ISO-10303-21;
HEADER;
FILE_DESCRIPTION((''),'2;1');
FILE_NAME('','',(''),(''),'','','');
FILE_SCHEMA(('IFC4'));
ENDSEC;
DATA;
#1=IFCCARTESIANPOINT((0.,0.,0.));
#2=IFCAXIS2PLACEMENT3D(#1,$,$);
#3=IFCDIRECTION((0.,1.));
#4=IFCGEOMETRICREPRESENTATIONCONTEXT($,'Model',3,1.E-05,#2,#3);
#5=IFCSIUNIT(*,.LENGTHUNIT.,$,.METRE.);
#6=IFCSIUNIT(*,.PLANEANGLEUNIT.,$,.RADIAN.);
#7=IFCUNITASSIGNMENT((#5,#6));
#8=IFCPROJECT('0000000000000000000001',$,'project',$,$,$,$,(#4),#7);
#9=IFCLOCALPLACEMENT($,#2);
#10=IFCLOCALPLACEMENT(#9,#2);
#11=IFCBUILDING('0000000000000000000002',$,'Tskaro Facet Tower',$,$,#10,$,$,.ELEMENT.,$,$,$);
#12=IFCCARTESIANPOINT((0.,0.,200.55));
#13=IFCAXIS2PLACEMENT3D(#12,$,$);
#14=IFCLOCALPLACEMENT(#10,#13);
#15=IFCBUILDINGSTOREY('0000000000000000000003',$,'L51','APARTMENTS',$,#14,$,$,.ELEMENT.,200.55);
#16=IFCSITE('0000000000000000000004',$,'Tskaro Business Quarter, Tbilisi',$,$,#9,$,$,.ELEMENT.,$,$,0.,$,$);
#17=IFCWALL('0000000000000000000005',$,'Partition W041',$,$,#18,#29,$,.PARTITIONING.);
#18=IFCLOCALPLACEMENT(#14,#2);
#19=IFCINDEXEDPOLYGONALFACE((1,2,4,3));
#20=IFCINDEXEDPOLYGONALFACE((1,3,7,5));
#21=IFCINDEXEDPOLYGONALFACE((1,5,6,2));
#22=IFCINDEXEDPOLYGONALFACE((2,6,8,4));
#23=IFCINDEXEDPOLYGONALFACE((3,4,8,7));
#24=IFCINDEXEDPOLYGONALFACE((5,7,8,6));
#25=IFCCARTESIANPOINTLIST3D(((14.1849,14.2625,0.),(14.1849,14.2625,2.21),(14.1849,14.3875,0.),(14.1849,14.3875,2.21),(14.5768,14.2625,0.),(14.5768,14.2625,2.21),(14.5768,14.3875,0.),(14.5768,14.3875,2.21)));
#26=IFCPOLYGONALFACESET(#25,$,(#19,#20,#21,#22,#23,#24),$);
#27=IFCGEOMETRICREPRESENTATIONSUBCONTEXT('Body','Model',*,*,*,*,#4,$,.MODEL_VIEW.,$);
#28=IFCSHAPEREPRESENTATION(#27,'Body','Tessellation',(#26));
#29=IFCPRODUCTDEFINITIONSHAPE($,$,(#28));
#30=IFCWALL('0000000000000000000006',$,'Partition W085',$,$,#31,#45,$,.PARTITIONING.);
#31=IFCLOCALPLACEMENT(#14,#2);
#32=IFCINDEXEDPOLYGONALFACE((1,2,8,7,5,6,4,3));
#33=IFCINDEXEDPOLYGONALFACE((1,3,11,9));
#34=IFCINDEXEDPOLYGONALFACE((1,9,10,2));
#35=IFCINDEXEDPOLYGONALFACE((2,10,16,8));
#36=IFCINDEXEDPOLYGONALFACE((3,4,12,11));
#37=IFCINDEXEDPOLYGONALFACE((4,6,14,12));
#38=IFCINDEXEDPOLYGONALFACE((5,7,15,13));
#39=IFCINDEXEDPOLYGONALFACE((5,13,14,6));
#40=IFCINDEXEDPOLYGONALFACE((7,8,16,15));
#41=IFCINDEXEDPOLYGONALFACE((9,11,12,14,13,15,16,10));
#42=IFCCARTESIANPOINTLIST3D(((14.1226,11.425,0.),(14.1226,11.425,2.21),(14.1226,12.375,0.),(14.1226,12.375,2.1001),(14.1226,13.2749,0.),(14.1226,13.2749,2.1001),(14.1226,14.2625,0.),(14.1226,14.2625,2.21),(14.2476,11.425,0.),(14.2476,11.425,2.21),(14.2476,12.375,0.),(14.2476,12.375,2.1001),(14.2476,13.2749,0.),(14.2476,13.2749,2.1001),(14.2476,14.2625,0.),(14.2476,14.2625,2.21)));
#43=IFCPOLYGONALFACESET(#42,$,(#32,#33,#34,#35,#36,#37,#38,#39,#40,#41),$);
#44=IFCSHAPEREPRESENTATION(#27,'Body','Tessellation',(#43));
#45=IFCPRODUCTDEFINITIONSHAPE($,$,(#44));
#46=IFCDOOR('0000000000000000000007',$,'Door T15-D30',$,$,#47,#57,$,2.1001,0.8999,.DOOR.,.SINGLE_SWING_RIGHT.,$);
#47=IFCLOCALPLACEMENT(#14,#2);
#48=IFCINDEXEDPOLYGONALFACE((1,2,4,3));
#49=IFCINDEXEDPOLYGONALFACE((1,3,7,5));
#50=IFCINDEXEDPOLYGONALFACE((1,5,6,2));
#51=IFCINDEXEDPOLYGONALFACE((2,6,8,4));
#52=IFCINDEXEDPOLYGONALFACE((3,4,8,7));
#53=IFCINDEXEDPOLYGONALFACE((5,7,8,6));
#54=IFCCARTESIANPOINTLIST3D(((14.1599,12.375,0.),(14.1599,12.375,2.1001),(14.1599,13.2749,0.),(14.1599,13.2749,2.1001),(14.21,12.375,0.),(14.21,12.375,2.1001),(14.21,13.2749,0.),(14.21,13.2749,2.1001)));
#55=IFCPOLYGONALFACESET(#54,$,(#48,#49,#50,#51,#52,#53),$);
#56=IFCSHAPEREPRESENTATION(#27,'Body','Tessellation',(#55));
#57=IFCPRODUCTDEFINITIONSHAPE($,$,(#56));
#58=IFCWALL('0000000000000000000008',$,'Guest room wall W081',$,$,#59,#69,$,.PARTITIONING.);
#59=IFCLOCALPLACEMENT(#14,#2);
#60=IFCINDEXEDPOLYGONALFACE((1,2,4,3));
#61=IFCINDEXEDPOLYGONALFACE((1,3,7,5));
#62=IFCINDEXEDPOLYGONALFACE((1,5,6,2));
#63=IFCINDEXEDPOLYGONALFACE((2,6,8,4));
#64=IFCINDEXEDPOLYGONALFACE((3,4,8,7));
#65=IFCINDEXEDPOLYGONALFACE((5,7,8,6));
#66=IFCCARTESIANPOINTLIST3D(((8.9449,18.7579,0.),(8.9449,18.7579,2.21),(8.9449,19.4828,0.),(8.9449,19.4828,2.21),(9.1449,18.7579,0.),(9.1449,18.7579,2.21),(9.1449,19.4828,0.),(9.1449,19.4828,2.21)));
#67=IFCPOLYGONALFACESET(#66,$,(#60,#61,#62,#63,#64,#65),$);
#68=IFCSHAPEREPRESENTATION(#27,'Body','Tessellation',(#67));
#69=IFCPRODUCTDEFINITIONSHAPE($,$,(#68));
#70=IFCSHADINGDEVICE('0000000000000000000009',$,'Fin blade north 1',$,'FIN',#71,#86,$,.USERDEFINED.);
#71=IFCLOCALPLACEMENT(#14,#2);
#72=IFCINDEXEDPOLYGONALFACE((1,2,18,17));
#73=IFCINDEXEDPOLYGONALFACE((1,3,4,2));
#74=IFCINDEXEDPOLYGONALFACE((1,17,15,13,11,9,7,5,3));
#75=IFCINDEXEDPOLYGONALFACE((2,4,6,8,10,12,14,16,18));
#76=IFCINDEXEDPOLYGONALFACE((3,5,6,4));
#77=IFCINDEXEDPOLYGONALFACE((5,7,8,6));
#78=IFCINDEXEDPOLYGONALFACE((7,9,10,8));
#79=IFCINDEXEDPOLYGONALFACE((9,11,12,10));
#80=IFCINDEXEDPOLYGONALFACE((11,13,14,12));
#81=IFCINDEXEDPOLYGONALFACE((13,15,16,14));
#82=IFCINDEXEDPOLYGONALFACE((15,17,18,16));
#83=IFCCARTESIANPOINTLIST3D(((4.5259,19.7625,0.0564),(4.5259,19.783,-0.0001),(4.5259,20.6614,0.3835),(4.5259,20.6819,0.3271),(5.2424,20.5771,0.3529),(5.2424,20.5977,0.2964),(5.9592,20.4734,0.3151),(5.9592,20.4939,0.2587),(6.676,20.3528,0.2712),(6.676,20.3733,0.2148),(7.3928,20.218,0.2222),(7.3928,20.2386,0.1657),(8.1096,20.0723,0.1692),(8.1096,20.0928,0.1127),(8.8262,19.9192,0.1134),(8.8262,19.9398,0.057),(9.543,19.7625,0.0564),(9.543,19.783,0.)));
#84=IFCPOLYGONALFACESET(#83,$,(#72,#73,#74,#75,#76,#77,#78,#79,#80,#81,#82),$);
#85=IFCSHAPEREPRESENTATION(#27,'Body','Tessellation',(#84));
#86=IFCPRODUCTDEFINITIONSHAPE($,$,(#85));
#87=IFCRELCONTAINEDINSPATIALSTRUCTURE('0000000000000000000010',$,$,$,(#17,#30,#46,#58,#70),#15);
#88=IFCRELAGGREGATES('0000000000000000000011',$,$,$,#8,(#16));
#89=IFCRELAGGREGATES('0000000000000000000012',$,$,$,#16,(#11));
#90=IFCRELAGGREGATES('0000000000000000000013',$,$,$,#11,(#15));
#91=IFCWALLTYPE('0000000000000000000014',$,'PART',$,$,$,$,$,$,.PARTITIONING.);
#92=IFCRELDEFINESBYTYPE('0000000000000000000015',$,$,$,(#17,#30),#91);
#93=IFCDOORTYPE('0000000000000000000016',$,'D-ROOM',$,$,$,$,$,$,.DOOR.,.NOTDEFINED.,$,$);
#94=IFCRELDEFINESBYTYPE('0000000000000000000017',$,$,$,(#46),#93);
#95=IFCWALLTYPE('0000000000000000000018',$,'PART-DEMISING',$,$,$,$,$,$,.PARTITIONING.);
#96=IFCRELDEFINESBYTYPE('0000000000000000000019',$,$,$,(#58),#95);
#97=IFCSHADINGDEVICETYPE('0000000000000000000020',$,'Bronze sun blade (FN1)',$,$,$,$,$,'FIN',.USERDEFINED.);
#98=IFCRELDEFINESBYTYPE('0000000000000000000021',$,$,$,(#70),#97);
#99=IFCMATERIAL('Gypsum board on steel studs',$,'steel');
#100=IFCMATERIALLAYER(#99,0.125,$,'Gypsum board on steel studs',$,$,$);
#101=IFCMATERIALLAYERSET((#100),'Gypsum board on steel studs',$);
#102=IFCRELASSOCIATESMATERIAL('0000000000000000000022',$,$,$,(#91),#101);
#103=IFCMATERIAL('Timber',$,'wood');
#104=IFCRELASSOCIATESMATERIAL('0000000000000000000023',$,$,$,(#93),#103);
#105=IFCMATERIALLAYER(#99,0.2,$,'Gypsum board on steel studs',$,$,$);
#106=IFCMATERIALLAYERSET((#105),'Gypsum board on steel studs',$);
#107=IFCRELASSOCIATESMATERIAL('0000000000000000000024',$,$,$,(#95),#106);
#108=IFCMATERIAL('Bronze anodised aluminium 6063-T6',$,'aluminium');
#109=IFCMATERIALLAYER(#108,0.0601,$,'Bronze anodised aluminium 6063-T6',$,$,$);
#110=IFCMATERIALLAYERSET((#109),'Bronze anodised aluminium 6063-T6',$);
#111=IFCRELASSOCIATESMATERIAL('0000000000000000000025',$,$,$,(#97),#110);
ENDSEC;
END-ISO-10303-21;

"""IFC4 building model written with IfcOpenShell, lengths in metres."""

from ifc_helpers import new_model, si_unit, direction, frame, frame_2d, origin, place, context, subcontext, project, spatial, polyline, rectangle, outline, extrude, material, layer, layer_set, type_object, element, fill, save


model = new_model("IFC4")

# Units and contexts
model_context = context("Model", 3, precision=1e-05, world=origin(), true_north=direction((0.0, 1.0)))
body_context = subcontext(model_context, "Body", "Model", "MODEL_VIEW")
ifc_project = project(units=[si_unit("LENGTHUNIT", "METRE"), si_unit("PLANEANGLEUNIT", "RADIAN")], contexts=[model_context])

# Site, building, storey
site_placement = place(None, origin())
site = spatial("IfcSite", under=ifc_project, at=site_placement, Name="Tskaro Business Quarter, Tbilisi", CompositionType="ELEMENT", RefElevation=0.0)
building_placement = place(site_placement, origin())
building = spatial("IfcBuilding", under=site, at=building_placement, Name="Tskaro Facet Tower", CompositionType="ELEMENT")
storey_placement = place(building_placement, frame((0.0, 0.0, 200.55)))
storey = spatial("IfcBuildingStorey", under=building, at=storey_placement, Name="L51", Description="APARTMENTS", CompositionType="ELEMENT", Elevation=200.55)

# Shared definitions
ifc_material_1 = material(Name="Bronze anodised aluminium 6063-T6", Category="aluminium")

# Wall
ifc_material_2 = material(Name="Gypsum board on steel studs", Category="steel")
ifc_layer_1 = layer(ifc_material_2, 0.125, Name="Gypsum board on steel studs")
ifc_layer_set_1 = layer_set([ifc_layer_1], Name="Gypsum board on steel studs")
wall_type_1 = type_object("IfcWallType", Name="PART", PredefinedType="PARTITIONING", material=ifc_layer_set_1)
wall_1_placement = place(storey_placement, frame((14.1851, 14.325, 0.0), z_axis=(0.0, 0.0, 1.0), x_axis=(1.0, 0.0, 0.0)))
element("IfcWall", 1, at=wall_1_placement, inside=storey, type_object=wall_type_1, Name="Partition W041", PredefinedType="PARTITIONING", context=body_context, shape_type="SweptSolid", body=[
    extrude(rectangle(XDim=0.3918, YDim=0.125, at=frame_2d((0.1958, 0.0))), origin(), (0.0, 0.0, 1.0), 2.21),
])

# Wall, opening, door
wall_2_placement = place(storey_placement, frame((14.1851, 14.2625, 0.0), z_axis=(0.0, 0.0, 1.0), x_axis=(0.0, -1.0, 0.0)))
wall_2 = element("IfcWall", 2, at=wall_2_placement, inside=storey, type_object=wall_type_1, Name="Partition W085", PredefinedType="PARTITIONING", context=body_context, shape_type="SweptSolid", body=[
    extrude(rectangle(XDim=2.8374, YDim=0.125, at=frame_2d((1.4187, 0.0))), origin(), (0.0, 0.0, 1.0), 2.21),
])
opening_placement = place(wall_2_placement, frame((0.9875, 0.0, 0.0)))
opening = element("IfcOpeningElement", 3, at=opening_placement, cuts=wall_2, PredefinedType="OPENING", context=body_context, shape_type="SweptSolid", body=[
    extrude(rectangle(XDim=0.8999, YDim=2.1001, at=frame_2d((0.45, 1.05))), frame((0.0, 0.0725, 0.0), z_axis=(0.0, -1.0, 0.0), x_axis=(1.0, 0.0, 0.0)), (0.0, 0.0, 1.0), 0.145),
])
ifc_material_3 = material(Name="Timber", Category="wood")
door_type = type_object("IfcDoorType", Name="D-ROOM", OperationType="NOTDEFINED", PredefinedType="DOOR", material=ifc_material_3)
door_placement = place(opening_placement, origin())
door = element("IfcDoor", 4, at=door_placement, inside=storey, type_object=door_type, Name="Door T15-D30", OperationType="SINGLE_SWING_RIGHT", OverallHeight=2.1001, OverallWidth=0.8999, PredefinedType="DOOR", context=body_context, shape_type="SweptSolid", body=[
    extrude(rectangle(XDim=0.8999, YDim=2.1001, at=frame_2d((0.45, 1.05))), frame((0.0, 0.0249, 0.0), z_axis=(0.0, -1.0, 0.0), x_axis=(1.0, 0.0, 0.0)), (0.0, 0.0, 1.0), 0.05),
])
fill(opening, door)

# Wall
ifc_layer_2 = layer(ifc_material_2, 0.2, Name="Gypsum board on steel studs")
ifc_layer_set_2 = layer_set([ifc_layer_2], Name="Gypsum board on steel studs")
wall_type_2 = type_object("IfcWallType", Name="PART-DEMISING", PredefinedType="PARTITIONING", material=ifc_layer_set_2)
wall_3_placement = place(storey_placement, frame((9.0449, 18.7581, 0.0), z_axis=(0.0, 0.0, 1.0), x_axis=(0.0, 1.0, 0.0)))
element("IfcWall", 5, at=wall_3_placement, inside=storey, type_object=wall_type_2, Name="Guest room wall W081", PredefinedType="PARTITIONING", context=body_context, shape_type="SweptSolid", body=[
    extrude(rectangle(XDim=0.7249, YDim=0.2, at=frame_2d((0.3623, 0.0))), origin(), (0.0, 0.0, 1.0), 2.21),
])

# Shading device
ifc_layer_3 = layer(ifc_material_1, 0.0601, Name="Bronze anodised aluminium 6063-T6")
ifc_layer_set_3 = layer_set([ifc_layer_3], Name="Bronze anodised aluminium 6063-T6")
shading_device_type = type_object("IfcShadingDeviceType", Name="Bronze sun blade (FN1)", ElementType="FIN", PredefinedType="USERDEFINED", material=ifc_layer_set_3)
shading_device_placement = place(storey_placement, frame((9.543, 19.7625, 0.0564), z_axis=(-0.000005, -0.342002, 0.939699), x_axis=(-1.0, 0.000002, -0.000004)))
element("IfcShadingDevice", 6, at=shading_device_placement, inside=storey, type_object=shading_device_type, Name="Fin blade north 1", ObjectType="FIN", PredefinedType="USERDEFINED", context=body_context, shape_type="SweptSolid", body=[
    extrude(outline(polyline([(0.0, 0.0), (5.0171, 0.0), (5.0171, -0.9566), (4.3005, -0.8669), (3.5837, -0.7566), (2.8669, -0.6282), (2.1501, -0.4848), (1.4333, -0.3297), (0.7168, -0.1668), (0.0, 0.0)])), origin(), (0.0, 0.0, -1.0), 0.0601),
])

save(model, "model.ifc")
